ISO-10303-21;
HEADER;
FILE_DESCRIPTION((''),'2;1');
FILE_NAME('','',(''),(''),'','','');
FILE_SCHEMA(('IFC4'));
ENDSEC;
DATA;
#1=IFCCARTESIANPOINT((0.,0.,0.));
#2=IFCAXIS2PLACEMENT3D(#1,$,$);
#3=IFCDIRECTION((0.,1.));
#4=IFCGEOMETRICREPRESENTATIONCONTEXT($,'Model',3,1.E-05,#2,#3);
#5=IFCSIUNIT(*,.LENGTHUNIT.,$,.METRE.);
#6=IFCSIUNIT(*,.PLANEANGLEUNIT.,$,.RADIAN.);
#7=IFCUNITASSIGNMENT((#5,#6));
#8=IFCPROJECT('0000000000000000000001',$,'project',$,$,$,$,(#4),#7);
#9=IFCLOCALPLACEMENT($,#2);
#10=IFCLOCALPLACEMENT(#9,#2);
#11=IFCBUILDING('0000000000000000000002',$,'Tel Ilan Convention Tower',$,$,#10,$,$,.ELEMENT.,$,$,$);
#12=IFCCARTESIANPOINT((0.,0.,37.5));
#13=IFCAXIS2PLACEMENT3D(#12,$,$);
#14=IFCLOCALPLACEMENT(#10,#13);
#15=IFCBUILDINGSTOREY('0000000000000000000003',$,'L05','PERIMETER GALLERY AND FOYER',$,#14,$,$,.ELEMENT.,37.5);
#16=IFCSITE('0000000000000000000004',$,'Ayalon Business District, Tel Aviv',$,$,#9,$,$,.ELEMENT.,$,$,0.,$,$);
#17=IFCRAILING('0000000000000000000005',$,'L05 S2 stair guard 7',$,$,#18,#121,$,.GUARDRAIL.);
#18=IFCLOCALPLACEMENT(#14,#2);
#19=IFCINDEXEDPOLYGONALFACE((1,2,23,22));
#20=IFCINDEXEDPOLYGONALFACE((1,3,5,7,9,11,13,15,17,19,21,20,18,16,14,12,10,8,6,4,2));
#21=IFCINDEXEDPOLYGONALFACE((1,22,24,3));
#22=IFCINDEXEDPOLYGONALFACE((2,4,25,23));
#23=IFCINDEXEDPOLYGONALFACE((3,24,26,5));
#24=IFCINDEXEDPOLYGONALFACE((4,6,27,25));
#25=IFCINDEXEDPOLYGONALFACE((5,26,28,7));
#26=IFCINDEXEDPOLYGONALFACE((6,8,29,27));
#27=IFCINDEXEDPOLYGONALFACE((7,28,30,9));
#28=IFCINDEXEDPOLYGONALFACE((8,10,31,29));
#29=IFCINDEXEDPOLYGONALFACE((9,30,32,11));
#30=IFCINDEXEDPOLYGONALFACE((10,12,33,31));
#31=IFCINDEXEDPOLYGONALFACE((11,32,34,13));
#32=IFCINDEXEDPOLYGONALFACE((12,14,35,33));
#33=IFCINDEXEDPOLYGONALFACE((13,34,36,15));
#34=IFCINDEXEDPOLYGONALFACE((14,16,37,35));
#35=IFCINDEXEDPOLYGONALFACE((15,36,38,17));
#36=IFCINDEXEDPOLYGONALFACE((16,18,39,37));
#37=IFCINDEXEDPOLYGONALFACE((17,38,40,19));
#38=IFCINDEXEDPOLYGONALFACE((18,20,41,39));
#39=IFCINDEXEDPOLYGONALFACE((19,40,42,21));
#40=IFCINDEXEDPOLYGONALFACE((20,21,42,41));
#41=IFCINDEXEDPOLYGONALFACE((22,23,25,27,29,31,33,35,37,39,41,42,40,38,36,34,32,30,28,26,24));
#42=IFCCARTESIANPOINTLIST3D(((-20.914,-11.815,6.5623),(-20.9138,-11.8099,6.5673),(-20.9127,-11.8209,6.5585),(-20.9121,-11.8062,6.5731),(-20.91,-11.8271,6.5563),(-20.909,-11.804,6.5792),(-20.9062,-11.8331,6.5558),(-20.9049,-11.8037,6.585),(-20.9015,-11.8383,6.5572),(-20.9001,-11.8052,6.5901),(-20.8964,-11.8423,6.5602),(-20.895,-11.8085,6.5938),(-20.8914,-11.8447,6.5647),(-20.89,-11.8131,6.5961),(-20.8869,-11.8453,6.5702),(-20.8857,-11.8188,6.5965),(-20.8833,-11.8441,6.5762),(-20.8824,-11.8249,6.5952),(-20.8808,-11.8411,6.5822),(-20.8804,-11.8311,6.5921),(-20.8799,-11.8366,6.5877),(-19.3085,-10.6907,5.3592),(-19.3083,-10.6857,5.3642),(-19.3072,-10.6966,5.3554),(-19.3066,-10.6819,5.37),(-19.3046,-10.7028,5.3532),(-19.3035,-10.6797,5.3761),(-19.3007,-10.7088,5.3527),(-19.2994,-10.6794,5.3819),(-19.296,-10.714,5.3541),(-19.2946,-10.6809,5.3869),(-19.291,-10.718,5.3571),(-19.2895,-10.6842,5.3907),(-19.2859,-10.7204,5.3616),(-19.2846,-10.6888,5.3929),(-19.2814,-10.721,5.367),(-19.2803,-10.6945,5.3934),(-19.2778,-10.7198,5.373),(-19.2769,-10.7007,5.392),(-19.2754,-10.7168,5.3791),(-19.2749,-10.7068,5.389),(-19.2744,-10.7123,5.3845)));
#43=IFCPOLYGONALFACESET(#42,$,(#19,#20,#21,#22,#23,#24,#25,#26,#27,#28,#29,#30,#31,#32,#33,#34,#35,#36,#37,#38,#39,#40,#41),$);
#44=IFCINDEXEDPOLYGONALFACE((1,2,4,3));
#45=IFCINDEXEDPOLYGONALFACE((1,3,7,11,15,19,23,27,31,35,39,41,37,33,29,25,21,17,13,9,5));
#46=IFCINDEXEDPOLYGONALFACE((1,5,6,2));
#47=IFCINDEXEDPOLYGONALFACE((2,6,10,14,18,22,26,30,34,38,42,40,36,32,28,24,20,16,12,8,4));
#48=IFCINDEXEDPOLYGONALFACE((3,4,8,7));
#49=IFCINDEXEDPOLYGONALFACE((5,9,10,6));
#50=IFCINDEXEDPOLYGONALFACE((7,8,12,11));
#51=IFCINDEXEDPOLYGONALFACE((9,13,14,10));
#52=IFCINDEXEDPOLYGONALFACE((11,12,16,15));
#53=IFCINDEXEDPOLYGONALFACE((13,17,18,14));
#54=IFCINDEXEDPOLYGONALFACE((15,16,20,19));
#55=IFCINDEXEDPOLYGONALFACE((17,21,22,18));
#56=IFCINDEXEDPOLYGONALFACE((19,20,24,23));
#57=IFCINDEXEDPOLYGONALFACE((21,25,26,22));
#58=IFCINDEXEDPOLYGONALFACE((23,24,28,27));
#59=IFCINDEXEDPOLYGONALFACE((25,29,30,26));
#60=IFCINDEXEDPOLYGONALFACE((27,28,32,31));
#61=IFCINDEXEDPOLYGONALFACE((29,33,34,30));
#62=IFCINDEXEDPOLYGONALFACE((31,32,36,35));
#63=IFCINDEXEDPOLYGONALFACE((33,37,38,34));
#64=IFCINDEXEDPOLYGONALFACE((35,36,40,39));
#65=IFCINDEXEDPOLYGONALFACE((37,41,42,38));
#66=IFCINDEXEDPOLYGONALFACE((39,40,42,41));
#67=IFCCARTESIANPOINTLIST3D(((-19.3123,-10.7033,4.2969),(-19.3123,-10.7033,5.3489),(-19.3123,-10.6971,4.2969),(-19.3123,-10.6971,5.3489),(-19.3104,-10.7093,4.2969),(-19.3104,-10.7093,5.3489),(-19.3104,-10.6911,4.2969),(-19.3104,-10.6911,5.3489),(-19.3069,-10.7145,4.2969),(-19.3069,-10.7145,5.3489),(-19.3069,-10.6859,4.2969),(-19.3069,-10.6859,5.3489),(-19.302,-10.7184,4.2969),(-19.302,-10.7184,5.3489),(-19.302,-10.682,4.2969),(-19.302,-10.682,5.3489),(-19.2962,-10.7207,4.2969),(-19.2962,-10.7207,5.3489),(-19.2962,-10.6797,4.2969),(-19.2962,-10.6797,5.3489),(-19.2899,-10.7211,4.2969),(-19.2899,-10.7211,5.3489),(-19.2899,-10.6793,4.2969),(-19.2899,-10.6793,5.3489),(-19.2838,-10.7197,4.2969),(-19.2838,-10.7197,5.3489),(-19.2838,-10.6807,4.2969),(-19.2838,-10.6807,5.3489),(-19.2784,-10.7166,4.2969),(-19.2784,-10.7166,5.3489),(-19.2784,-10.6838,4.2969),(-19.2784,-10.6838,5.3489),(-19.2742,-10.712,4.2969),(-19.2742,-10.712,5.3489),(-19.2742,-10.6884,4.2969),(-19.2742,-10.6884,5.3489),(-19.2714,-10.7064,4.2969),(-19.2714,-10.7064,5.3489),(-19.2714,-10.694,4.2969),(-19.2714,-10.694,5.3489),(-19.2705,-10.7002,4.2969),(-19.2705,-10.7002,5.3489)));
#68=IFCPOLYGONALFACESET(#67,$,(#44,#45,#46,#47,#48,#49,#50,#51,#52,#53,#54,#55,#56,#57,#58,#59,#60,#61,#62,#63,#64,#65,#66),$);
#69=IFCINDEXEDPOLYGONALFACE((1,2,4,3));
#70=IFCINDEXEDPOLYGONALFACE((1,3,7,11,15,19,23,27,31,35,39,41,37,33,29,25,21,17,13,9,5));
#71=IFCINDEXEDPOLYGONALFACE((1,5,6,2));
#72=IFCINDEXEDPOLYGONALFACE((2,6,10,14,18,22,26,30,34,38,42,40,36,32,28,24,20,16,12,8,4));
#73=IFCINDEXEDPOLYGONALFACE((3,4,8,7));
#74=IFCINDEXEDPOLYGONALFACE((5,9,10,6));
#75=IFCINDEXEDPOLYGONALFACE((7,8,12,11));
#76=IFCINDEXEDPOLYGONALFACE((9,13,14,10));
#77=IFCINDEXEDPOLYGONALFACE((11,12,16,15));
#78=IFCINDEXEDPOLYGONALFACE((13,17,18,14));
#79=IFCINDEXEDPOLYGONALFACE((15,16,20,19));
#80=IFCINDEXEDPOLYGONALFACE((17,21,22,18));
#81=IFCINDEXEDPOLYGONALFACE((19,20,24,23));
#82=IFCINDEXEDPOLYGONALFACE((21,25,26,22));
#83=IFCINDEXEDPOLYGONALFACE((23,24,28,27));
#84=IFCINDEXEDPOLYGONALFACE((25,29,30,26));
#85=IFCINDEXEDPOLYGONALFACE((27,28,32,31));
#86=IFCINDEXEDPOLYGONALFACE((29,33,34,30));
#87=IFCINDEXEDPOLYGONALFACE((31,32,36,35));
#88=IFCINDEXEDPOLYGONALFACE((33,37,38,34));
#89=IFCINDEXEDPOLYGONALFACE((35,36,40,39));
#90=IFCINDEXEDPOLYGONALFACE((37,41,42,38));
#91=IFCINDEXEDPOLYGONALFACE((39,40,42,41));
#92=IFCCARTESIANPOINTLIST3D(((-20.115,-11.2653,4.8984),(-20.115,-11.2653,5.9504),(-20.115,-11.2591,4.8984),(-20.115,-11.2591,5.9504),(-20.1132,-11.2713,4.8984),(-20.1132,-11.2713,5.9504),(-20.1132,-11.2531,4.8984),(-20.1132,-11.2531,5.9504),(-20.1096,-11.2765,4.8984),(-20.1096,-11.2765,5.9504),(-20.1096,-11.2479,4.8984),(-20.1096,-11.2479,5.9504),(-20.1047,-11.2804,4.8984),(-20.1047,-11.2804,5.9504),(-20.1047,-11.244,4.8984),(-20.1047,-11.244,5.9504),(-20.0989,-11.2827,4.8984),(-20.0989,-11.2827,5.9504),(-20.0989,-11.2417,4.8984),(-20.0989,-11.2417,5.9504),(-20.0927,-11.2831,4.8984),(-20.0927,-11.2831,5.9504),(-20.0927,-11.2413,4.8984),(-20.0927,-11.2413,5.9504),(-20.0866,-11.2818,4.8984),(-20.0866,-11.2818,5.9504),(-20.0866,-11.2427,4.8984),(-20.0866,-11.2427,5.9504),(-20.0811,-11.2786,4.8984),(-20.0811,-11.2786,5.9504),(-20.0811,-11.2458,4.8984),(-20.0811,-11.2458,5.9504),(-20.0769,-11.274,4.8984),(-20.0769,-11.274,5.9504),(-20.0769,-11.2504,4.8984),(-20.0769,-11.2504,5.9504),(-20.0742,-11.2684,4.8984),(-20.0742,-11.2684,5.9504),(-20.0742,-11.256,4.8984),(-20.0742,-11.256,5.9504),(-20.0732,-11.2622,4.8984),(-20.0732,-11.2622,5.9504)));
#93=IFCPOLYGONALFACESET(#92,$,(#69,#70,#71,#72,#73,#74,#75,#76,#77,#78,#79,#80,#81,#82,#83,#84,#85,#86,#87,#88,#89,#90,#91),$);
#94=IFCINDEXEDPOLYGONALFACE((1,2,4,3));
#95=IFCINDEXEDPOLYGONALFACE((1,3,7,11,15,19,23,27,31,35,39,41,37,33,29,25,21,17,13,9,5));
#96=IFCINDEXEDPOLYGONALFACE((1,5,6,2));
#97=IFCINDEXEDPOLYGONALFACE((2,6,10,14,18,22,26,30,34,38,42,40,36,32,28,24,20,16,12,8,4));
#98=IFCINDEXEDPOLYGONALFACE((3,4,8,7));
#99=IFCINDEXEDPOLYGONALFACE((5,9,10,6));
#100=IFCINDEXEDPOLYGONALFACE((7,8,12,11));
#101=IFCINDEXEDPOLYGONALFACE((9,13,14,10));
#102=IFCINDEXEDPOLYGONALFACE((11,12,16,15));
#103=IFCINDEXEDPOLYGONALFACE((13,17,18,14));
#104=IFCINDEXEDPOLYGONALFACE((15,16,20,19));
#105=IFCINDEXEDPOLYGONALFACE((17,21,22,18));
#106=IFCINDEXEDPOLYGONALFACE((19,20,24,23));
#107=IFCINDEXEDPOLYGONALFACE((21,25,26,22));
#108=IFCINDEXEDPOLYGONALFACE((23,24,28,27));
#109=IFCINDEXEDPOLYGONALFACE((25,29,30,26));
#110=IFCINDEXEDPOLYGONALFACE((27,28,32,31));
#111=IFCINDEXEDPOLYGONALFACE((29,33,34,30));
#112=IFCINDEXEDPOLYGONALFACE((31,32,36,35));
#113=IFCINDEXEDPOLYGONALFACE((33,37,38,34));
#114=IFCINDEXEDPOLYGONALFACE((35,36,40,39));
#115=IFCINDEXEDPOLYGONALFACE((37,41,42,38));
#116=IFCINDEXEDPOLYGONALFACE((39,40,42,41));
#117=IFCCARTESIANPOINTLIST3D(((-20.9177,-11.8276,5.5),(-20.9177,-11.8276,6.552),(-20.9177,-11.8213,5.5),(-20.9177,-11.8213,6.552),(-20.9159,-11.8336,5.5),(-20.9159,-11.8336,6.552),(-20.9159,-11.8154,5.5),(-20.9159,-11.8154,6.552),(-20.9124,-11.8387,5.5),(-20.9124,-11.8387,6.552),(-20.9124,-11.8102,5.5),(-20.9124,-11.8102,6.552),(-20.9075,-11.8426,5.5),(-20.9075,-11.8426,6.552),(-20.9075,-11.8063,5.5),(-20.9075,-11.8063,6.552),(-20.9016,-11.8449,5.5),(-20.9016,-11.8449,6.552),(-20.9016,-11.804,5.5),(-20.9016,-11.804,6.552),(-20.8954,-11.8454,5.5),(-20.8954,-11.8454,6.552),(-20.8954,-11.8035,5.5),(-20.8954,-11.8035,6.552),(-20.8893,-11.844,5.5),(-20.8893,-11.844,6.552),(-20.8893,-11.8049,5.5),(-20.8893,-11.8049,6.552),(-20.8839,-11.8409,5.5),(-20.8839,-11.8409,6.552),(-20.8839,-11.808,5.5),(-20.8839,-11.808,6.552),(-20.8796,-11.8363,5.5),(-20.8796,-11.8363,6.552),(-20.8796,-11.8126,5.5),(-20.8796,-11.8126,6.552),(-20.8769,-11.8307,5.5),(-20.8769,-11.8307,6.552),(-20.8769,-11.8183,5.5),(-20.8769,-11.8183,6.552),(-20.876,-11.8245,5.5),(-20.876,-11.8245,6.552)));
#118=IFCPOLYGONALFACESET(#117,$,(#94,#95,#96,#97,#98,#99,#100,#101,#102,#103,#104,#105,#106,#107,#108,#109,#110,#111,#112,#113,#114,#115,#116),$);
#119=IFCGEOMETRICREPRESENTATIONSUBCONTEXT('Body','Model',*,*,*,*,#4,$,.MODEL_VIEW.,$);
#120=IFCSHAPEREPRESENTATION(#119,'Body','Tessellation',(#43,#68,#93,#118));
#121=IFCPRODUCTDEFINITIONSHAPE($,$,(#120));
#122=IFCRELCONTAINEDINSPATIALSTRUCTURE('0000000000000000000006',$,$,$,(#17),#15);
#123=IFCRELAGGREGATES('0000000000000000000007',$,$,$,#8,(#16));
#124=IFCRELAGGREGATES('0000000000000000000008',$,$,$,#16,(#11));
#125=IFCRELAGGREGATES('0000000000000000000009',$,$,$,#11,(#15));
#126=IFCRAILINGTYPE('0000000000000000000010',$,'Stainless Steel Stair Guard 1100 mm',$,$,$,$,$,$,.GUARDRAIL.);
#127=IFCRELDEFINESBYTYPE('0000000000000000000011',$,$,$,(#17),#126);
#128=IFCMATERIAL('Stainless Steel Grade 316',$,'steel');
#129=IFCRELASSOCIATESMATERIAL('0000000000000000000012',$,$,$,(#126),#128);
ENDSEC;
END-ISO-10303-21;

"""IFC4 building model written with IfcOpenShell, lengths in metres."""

from ifc_helpers import new_model, si_unit, direction, frame, origin, origin_2d, place, context, subcontext, project, spatial, circle, extrude, material, type_object, element, save


model = new_model("IFC4")

# Units and contexts
model_context = context("Model", 3, precision=1e-05, world=origin(), true_north=direction((0.0, 1.0)))
body_context = subcontext(model_context, "Body", "Model", "MODEL_VIEW")
ifc_project = project(units=[si_unit("LENGTHUNIT", "METRE"), si_unit("PLANEANGLEUNIT", "RADIAN")], contexts=[model_context])

# Site, building, storey
site_placement = place(None, origin())
site = spatial("IfcSite", under=ifc_project, at=site_placement, Name="Ayalon Business District, Tel Aviv", CompositionType="ELEMENT", RefElevation=0.0)
building_placement = place(site_placement, origin())
building = spatial("IfcBuilding", under=site, at=building_placement, Name="Tel Ilan Convention Tower", CompositionType="ELEMENT")
storey_placement = place(building_placement, frame((0.0, 0.0, 37.5)))
storey = spatial("IfcBuildingStorey", under=building, at=storey_placement, Name="L05", Description="PERIMETER GALLERY AND FOYER", CompositionType="ELEMENT", Elevation=37.5)

# Railing
ifc_material_1 = material(Name="Stainless Steel Grade 316", Category="steel")
railing_type_1 = type_object("IfcRailingType", Name="Stainless Steel Stair Guard 1100 mm", PredefinedType="GUARDRAIL", material=ifc_material_1)
railing_1_placement = place(storey_placement, frame((-19.2915, -10.7002, 4.2969)))
element("IfcRailing", 1, at=railing_1_placement, inside=storey, type_object=railing_type_1, Name="L05 S2 stair guard 7", PredefinedType="GUARDRAIL", context=body_context, shape_type="SweptSolid", body=[
    extrude(circle(Radius=0.0239, at=origin_2d()), frame((0.0, 0.0, 1.0762), z_axis=(-0.698095, -0.488857, 0.523146), x_axis=(0.573613, -0.819127, 0.0)), (0.0, 0.0, 1.0), 2.2998),
    extrude(circle(Radius=0.021, at=origin_2d()), origin(), (0.0, 0.0, 1.0), 1.052),
    extrude(circle(Radius=0.021, at=origin_2d()), frame((-0.8027, -0.562, 0.6016)), (0.0, 0.0, 1.0), 1.052),
    extrude(circle(Radius=0.021, at=origin_2d()), frame((-1.6055, -1.1243, 1.2031)), (0.0, 0.0, 1.0), 1.052),
])

save(model, "model.ifc")
